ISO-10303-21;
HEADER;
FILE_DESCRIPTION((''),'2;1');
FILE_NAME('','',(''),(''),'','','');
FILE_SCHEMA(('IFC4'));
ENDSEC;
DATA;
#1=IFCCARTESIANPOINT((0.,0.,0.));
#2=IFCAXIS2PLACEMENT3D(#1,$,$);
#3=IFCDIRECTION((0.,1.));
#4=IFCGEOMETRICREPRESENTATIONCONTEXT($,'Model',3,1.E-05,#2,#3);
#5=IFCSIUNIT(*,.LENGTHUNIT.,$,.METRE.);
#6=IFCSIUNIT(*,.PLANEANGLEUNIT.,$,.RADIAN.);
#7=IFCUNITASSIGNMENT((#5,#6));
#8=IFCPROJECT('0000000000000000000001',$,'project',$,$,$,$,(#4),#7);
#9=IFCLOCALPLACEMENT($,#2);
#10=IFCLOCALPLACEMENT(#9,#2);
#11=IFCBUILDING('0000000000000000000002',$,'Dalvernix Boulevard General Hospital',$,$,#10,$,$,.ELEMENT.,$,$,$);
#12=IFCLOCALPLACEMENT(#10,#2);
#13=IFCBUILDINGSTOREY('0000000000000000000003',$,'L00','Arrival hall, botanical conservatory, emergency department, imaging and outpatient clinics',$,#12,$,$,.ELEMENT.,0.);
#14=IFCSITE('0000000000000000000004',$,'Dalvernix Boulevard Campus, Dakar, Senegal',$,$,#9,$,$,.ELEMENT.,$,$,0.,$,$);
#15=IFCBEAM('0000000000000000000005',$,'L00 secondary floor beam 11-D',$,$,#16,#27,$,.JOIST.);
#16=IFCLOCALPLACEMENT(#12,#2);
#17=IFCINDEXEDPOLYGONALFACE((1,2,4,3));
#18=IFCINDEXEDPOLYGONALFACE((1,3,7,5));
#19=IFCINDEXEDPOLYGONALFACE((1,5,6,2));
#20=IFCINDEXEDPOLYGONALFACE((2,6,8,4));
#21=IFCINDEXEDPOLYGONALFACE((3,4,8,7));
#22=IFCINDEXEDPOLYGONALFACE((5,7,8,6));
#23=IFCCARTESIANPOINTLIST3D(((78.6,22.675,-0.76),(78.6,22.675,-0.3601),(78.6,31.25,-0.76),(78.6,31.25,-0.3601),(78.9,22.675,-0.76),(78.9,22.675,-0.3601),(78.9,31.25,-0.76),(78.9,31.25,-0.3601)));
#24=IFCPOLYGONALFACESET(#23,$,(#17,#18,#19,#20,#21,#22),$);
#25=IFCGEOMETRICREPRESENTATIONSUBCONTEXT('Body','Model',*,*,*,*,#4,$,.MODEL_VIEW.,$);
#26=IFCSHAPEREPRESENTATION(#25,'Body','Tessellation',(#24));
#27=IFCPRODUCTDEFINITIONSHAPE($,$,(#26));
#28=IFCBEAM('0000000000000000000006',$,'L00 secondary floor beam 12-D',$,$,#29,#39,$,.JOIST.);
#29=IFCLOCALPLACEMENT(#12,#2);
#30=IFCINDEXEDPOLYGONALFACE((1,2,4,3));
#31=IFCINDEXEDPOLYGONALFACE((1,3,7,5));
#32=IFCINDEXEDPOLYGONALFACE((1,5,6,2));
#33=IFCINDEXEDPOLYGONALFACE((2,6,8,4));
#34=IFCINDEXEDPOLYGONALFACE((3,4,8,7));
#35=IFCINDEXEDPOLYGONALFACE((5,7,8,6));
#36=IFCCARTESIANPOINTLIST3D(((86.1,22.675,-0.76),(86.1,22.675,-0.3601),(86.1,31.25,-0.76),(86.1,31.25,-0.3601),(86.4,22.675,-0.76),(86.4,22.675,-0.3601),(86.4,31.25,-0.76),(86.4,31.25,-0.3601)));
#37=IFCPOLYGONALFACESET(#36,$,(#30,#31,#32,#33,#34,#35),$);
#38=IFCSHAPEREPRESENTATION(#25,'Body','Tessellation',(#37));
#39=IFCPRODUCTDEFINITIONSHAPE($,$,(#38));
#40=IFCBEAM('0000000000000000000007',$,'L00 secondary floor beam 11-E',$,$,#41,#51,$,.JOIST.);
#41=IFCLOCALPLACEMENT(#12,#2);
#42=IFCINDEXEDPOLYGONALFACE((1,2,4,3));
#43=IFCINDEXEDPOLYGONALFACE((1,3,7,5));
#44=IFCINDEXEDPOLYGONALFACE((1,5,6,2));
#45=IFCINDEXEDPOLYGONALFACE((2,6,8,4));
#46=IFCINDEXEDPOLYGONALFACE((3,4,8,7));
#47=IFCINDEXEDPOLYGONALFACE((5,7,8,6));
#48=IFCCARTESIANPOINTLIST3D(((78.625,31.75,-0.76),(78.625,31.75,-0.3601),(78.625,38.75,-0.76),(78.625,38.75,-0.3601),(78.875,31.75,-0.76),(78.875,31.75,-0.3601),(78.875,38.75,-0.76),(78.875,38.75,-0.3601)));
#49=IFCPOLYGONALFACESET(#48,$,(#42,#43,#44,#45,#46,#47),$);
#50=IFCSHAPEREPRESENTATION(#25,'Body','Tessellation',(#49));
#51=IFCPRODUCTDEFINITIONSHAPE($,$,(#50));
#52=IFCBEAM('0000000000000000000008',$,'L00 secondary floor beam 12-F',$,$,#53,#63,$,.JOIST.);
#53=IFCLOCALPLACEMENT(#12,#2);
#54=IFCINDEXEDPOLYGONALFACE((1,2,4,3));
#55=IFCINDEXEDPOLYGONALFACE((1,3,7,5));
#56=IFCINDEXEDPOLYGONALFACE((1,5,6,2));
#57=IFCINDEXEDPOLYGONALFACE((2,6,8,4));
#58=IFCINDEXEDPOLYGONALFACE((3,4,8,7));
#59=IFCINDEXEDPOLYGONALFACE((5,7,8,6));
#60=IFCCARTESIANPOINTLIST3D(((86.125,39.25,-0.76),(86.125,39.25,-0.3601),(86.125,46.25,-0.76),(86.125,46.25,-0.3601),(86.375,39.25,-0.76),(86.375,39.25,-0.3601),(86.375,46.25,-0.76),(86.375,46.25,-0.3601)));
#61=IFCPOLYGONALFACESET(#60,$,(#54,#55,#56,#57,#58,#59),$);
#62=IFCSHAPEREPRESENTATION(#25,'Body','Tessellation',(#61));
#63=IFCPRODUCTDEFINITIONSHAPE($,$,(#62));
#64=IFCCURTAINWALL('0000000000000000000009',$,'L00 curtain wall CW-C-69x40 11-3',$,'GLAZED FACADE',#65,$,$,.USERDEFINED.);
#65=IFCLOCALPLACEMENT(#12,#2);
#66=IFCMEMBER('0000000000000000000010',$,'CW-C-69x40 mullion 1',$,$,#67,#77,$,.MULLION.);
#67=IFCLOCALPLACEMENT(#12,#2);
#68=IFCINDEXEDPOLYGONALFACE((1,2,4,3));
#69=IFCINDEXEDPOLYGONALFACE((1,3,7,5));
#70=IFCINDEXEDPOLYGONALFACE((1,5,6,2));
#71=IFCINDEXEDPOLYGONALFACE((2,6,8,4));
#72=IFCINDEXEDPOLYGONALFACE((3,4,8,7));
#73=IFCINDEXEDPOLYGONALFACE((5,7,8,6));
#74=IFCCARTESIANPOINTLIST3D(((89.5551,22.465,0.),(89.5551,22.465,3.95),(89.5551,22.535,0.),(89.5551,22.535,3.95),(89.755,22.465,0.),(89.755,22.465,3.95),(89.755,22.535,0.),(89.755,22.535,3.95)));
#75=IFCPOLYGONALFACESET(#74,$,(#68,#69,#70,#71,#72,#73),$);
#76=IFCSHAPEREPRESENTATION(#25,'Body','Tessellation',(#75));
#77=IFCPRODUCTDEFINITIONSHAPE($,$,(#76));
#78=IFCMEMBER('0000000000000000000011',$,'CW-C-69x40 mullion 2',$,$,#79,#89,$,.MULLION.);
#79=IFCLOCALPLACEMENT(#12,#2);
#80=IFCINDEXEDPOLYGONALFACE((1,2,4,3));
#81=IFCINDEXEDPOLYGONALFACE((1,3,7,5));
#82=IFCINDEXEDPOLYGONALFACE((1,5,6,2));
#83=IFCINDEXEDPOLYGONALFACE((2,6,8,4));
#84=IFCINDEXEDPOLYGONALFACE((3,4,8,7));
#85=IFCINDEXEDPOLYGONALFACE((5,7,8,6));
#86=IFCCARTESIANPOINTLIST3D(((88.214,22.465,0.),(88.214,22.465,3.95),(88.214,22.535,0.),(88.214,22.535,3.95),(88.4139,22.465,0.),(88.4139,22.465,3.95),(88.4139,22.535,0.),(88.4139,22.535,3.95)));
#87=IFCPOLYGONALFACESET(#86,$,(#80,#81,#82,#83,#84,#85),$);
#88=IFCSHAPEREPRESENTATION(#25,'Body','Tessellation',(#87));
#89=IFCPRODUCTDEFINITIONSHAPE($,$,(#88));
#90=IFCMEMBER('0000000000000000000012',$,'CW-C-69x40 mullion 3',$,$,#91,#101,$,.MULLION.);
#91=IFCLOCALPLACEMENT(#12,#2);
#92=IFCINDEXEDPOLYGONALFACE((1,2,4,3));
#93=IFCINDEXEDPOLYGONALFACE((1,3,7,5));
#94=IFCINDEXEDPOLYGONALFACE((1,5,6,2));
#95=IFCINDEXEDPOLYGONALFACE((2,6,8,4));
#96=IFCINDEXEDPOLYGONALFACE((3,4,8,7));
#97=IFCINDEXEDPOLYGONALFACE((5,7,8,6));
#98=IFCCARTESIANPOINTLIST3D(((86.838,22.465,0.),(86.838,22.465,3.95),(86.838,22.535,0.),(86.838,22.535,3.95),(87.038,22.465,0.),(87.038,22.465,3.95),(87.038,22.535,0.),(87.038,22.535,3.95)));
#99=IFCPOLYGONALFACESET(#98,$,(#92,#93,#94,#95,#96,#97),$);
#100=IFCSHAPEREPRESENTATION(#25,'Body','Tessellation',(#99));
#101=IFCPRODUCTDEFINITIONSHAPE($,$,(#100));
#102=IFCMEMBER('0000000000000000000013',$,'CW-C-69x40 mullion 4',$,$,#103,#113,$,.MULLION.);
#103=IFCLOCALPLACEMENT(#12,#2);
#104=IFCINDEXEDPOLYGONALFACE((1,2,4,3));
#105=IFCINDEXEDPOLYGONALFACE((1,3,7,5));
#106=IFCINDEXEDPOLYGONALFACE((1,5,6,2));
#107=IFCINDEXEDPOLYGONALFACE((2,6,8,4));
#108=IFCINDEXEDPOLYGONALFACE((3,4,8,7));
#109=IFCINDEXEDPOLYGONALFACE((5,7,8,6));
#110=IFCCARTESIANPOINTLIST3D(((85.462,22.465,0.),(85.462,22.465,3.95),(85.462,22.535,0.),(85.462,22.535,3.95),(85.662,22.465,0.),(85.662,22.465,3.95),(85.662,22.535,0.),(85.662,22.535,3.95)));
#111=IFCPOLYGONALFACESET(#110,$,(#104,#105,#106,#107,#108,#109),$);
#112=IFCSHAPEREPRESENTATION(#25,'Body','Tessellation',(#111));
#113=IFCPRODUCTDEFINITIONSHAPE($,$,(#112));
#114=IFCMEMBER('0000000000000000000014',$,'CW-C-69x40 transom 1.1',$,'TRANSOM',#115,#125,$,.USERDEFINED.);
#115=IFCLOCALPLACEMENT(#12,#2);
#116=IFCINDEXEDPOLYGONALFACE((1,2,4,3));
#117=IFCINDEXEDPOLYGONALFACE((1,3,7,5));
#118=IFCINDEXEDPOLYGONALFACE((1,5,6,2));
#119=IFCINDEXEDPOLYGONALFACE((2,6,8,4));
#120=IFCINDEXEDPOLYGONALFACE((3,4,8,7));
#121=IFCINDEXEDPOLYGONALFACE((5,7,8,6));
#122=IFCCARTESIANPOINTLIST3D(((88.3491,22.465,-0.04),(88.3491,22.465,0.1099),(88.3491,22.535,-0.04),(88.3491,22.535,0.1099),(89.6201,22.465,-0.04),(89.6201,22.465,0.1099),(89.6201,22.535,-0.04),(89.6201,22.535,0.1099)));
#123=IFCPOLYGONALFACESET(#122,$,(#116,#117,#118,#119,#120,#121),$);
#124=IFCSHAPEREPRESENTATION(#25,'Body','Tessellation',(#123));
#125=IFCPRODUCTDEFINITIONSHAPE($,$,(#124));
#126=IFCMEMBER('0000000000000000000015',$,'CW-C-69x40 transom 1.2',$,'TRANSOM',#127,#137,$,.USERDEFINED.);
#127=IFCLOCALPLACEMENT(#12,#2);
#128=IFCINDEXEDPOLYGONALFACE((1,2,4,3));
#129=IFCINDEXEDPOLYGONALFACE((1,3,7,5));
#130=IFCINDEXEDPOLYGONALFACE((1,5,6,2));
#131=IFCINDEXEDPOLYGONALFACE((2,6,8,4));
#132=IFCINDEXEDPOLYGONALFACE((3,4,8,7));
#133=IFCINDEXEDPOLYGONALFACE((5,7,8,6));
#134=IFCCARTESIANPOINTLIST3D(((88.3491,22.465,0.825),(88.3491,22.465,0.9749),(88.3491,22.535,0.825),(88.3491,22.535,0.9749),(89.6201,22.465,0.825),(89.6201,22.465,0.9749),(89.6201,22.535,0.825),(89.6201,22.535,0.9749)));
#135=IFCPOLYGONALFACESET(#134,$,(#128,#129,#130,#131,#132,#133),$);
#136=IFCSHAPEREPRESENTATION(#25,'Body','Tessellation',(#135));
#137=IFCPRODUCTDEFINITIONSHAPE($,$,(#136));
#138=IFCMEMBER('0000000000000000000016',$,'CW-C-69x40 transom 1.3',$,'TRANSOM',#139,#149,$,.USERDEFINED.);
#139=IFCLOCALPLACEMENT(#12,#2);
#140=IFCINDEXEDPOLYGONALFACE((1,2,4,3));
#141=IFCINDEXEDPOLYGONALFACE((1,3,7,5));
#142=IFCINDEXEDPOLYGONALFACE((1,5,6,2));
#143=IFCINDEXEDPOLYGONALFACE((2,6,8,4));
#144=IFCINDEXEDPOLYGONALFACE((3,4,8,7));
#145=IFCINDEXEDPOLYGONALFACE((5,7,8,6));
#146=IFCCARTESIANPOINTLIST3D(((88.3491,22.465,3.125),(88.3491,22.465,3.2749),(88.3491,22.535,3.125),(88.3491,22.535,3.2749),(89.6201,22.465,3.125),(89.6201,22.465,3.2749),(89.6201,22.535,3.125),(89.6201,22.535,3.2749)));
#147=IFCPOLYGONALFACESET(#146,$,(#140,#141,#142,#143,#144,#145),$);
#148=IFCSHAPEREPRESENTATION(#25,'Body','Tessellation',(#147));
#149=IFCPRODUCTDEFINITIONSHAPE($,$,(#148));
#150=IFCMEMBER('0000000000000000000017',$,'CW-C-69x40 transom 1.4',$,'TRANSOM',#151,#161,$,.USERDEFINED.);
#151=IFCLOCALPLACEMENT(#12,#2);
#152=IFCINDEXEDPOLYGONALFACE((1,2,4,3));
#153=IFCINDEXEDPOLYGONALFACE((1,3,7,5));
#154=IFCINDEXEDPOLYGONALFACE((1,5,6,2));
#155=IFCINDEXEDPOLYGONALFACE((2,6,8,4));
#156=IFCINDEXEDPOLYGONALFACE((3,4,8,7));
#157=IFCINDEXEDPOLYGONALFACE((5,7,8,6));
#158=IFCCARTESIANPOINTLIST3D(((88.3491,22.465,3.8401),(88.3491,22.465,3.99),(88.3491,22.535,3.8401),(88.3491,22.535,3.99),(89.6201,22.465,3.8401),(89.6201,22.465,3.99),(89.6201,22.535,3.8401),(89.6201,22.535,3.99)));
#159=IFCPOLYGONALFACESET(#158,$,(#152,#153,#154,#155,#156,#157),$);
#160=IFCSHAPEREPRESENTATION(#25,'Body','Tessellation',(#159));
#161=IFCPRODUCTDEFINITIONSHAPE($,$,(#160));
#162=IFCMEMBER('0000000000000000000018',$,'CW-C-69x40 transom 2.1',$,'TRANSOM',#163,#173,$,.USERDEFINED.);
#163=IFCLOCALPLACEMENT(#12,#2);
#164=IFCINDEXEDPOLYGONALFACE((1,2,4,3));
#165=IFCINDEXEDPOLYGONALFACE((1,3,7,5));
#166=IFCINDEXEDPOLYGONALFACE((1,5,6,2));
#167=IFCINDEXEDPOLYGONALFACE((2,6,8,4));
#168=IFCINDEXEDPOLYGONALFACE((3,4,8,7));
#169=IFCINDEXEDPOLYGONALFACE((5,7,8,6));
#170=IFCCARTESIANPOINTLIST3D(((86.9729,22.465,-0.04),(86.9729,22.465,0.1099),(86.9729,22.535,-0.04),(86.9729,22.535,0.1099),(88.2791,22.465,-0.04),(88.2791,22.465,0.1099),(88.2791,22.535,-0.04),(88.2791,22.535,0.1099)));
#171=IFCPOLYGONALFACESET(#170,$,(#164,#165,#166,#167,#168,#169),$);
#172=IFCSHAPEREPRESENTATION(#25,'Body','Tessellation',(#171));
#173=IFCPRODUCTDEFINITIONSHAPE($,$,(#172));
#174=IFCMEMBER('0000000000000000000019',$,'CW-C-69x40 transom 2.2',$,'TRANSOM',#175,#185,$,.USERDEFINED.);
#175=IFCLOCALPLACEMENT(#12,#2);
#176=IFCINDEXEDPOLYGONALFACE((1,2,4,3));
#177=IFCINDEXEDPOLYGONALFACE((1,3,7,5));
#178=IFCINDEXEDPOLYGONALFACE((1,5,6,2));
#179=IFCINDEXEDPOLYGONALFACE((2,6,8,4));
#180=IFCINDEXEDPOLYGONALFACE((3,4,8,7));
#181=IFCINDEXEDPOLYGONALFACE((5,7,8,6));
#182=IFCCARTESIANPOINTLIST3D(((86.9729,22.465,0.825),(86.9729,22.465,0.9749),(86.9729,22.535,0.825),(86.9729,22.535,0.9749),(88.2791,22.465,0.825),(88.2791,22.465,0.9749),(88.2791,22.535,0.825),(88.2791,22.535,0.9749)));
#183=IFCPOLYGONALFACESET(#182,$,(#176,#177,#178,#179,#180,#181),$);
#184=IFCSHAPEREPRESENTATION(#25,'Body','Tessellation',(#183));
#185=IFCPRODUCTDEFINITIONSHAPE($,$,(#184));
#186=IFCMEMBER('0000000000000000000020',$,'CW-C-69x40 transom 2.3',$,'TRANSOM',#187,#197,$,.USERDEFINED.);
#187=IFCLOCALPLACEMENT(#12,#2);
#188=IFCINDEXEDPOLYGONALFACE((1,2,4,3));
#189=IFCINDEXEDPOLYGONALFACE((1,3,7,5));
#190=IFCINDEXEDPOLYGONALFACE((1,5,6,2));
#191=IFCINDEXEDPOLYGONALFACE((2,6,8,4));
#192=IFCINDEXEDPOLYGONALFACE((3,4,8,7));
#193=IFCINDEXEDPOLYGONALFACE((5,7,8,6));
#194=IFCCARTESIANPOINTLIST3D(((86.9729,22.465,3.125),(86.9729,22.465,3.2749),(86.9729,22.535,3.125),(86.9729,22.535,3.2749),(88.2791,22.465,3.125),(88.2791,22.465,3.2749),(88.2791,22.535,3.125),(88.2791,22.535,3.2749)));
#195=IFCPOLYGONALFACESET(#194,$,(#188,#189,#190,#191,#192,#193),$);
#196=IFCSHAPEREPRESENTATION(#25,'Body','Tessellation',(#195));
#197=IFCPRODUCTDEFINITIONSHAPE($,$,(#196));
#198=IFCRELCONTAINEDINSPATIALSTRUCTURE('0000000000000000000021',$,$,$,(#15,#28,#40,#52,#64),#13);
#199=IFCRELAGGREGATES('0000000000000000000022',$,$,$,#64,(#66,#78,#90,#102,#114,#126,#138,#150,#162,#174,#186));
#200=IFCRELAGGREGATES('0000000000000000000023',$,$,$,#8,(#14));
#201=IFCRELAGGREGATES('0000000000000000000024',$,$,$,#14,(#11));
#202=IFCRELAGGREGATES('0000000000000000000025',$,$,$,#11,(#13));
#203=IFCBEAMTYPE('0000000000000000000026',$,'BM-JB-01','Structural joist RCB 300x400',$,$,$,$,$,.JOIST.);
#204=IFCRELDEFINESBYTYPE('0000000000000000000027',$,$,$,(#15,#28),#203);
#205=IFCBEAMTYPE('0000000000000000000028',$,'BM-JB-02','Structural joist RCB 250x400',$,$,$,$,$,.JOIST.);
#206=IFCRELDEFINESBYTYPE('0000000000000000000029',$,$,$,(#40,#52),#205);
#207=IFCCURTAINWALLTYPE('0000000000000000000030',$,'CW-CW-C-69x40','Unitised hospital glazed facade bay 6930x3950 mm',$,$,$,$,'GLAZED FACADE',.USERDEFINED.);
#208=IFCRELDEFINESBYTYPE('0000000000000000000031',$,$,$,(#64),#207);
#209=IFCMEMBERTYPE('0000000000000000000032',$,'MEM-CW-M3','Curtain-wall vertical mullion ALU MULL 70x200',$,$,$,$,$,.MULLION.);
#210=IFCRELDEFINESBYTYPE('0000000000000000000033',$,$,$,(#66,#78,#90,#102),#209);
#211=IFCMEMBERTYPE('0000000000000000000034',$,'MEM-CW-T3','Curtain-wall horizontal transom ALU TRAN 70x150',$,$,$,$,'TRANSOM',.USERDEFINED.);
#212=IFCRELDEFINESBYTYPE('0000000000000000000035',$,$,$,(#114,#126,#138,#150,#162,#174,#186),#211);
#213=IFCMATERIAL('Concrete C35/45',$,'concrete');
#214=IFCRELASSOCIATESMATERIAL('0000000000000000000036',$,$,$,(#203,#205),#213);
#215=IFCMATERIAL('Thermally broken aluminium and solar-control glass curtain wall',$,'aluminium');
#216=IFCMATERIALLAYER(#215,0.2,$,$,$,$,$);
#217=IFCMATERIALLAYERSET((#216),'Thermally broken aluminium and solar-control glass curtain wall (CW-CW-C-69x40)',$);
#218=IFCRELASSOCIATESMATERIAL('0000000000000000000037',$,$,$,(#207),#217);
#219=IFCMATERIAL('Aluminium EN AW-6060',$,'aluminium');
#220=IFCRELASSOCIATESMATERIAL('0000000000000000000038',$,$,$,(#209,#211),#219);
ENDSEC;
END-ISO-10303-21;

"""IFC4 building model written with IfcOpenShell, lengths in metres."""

from ifc_helpers import new_model, si_unit, direction, frame, origin, origin_2d, place, context, subcontext, project, spatial, rectangle, extrude, material, layer, layer_set, material_profile, profile_set, type_object, element, aggregate, save


model = new_model("IFC4")

# Units and contexts
model_context = context("Model", 3, precision=1e-05, world=origin(), true_north=direction((0.0, 1.0)))
body_context = subcontext(model_context, "Body", "Model", "MODEL_VIEW")
ifc_project = project(units=[si_unit("LENGTHUNIT", "METRE"), si_unit("PLANEANGLEUNIT", "RADIAN")], contexts=[model_context])

# Site, building, storey
site_placement = place(None, origin())
site = spatial("IfcSite", under=ifc_project, at=site_placement, Name="Dalvernix Boulevard Campus, Dakar, Senegal", CompositionType="ELEMENT", RefElevation=0.0)
building_placement = place(site_placement, origin())
building = spatial("IfcBuilding", under=site, at=building_placement, Name="Dalvernix Boulevard General Hospital", CompositionType="ELEMENT")
storey_placement = place(building_placement, origin())
storey = spatial("IfcBuildingStorey", under=building, at=storey_placement, Name="L00", Description="Arrival hall, botanical conservatory, emergency department, imaging and outpatient clinics", CompositionType="ELEMENT", Elevation=0.0)

# Beams
ifc_material_1 = material(Name="Concrete C35/45", Category="concrete")
ifc_material_profile_1 = material_profile(ifc_material_1, rectangle(XDim=0.3, YDim=0.3999, at=origin_2d()), Name="RCB 300x400")
ifc_profile_set_1 = profile_set([ifc_material_profile_1], Name="Concrete C35/45")
beam_type_1 = type_object("IfcBeamType", Name="BM-JB-01", Description="Structural joist RCB 300x400", PredefinedType="JOIST", material=ifc_profile_set_1)
for number, where, z_axis, x_axis, name in (
    (1, (78.75, 22.675, -0.5601), (0.0, 1.0, 0.0), (-1.0, 0.0, 0.0), "L00 secondary floor beam 11-D"),
    (2, (86.25, 22.675, -0.5601), (0.0, 1.0, 0.0), (-1.0, 0.0, 0.0), "L00 secondary floor beam 12-D"),
):
    element("IfcBeam", number, at=place(storey_placement, frame(where, z_axis=z_axis, x_axis=x_axis)), inside=storey, type_object=beam_type_1, Name=name, PredefinedType="JOIST", context=body_context, shape_type="SweptSolid", body=[
        extrude(rectangle(XDim=0.3, YDim=0.3999, at=origin_2d()), origin(), (0.0, 0.0, 1.0), 8.575),
    ])
ifc_material_profile_2 = material_profile(ifc_material_1, rectangle(XDim=0.25, YDim=0.3999, at=origin_2d()), Name="RCB 250x400")
ifc_profile_set_2 = profile_set([ifc_material_profile_2], Name="Concrete C35/45")
beam_type_2 = type_object("IfcBeamType", Name="BM-JB-02", Description="Structural joist RCB 250x400", PredefinedType="JOIST", material=ifc_profile_set_2)
for number, where, z_axis, x_axis, name in (
    (3, (78.75, 31.75, -0.5601), (0.0, 1.0, 0.0), (-1.0, 0.0, 0.0), "L00 secondary floor beam 11-E"),
    (4, (86.25, 39.25, -0.5601), (0.0, 1.0, 0.0), (-1.0, 0.0, 0.0), "L00 secondary floor beam 12-F"),
):
    element("IfcBeam", number, at=place(storey_placement, frame(where, z_axis=z_axis, x_axis=x_axis)), inside=storey, type_object=beam_type_2, Name=name, PredefinedType="JOIST", context=body_context, shape_type="SweptSolid", body=[
        extrude(rectangle(XDim=0.25, YDim=0.3999, at=origin_2d()), origin(), (0.0, 0.0, 1.0), 7.0),
    ])

# Curtain wall, members
ifc_material_2 = material(Name="Thermally broken aluminium and solar-control glass curtain wall", Category="aluminium")
ifc_layer_1 = layer(ifc_material_2, 0.2)
ifc_layer_set_1 = layer_set([ifc_layer_1], Name="Thermally broken aluminium and solar-control glass curtain wall (CW-CW-C-69x40)")
curtain_wall_type = type_object("IfcCurtainWallType", Name="CW-CW-C-69x40", Description="Unitised hospital glazed facade bay 6930x3950 mm", ElementType="GLAZED FACADE", PredefinedType="USERDEFINED", material=ifc_layer_set_1)
curtain_wall_placement = place(storey_placement, origin())
curtain_wall = element("IfcCurtainWall", 5, at=curtain_wall_placement, inside=storey, type_object=curtain_wall_type, Name="L00 curtain wall CW-C-69x40 11-3", ObjectType="GLAZED FACADE", PredefinedType="USERDEFINED")
ifc_material_3 = material(Name="Aluminium EN AW-6060", Category="aluminium")
ifc_material_profile_3 = material_profile(ifc_material_3, rectangle(XDim=0.0701, YDim=0.2, at=origin_2d()), Name="ALU MULL 70x200")
ifc_profile_set_3 = profile_set([ifc_material_profile_3], Name="Aluminium EN AW-6060")
member_type_1 = type_object("IfcMemberType", Name="MEM-CW-M3", Description="Curtain-wall vertical mullion ALU MULL 70x200", PredefinedType="MULLION", material=ifc_profile_set_3)
member_1_placement = place(storey_placement, frame((89.655, 22.5, 0.0), z_axis=(0.0, 0.0, 1.0), x_axis=(0.0, -1.0, 0.0)))
member_1 = element("IfcMember", 6, at=member_1_placement, type_object=member_type_1, Name="CW-C-69x40 mullion 1", PredefinedType="MULLION", context=body_context, shape_type="SweptSolid", body=[
    extrude(rectangle(XDim=0.0701, YDim=0.2, at=origin_2d()), origin(), (0.0, 0.0, 1.0), 3.95),
])
member_2_placement = place(storey_placement, frame((88.314, 22.5, 0.0), z_axis=(0.0, 0.0, 1.0), x_axis=(0.0, -1.0, 0.0)))
member_2 = element("IfcMember", 7, at=member_2_placement, type_object=member_type_1, Name="CW-C-69x40 mullion 2", PredefinedType="MULLION", context=body_context, shape_type="SweptSolid", body=[
    extrude(rectangle(XDim=0.0701, YDim=0.2, at=origin_2d()), origin(), (0.0, 0.0, 1.0), 3.95),
])
member_3_placement = place(storey_placement, frame((86.938, 22.5, 0.0), z_axis=(0.0, 0.0, 1.0), x_axis=(0.0, -1.0, 0.0)))
member_3 = element("IfcMember", 8, at=member_3_placement, type_object=member_type_1, Name="CW-C-69x40 mullion 3", PredefinedType="MULLION", context=body_context, shape_type="SweptSolid", body=[
    extrude(rectangle(XDim=0.0701, YDim=0.2, at=origin_2d()), origin(), (0.0, 0.0, 1.0), 3.95),
])
member_4_placement = place(storey_placement, frame((85.562, 22.5, 0.0), z_axis=(0.0, 0.0, 1.0), x_axis=(0.0, -1.0, 0.0)))
member_4 = element("IfcMember", 9, at=member_4_placement, type_object=member_type_1, Name="CW-C-69x40 mullion 4", PredefinedType="MULLION", context=body_context, shape_type="SweptSolid", body=[
    extrude(rectangle(XDim=0.0701, YDim=0.2, at=origin_2d()), origin(), (0.0, 0.0, 1.0), 3.95),
])
ifc_material_profile_4 = material_profile(ifc_material_3, rectangle(XDim=0.0701, YDim=0.1499, at=origin_2d()), Name="ALU TRAN 70x150")
ifc_profile_set_4 = profile_set([ifc_material_profile_4], Name="Aluminium EN AW-6060")
member_type_2 = type_object("IfcMemberType", Name="MEM-CW-T3", Description="Curtain-wall horizontal transom ALU TRAN 70x150", ElementType="TRANSOM", PredefinedType="USERDEFINED", material=ifc_profile_set_4)
member_5_placement = place(storey_placement, frame((89.6201, 22.5, 0.0349), z_axis=(-1.0, 0.0, 0.0), x_axis=(0.0, -1.0, 0.0)))
member_5 = element("IfcMember", 10, at=member_5_placement, type_object=member_type_2, Name="CW-C-69x40 transom 1.1", ObjectType="TRANSOM", PredefinedType="USERDEFINED", context=body_context, shape_type="SweptSolid", body=[
    extrude(rectangle(XDim=0.0701, YDim=0.1499, at=origin_2d()), origin(), (0.0, 0.0, 1.0), 1.271),
])
member_6_placement = place(storey_placement, frame((89.6201, 22.5, 0.8999), z_axis=(-1.0, 0.0, 0.0), x_axis=(0.0, -1.0, 0.0)))
member_6 = element("IfcMember", 11, at=member_6_placement, type_object=member_type_2, Name="CW-C-69x40 transom 1.2", ObjectType="TRANSOM", PredefinedType="USERDEFINED", context=body_context, shape_type="SweptSolid", body=[
    extrude(rectangle(XDim=0.0701, YDim=0.1499, at=origin_2d()), origin(), (0.0, 0.0, 1.0), 1.271),
])
member_7_placement = place(storey_placement, frame((89.6201, 22.5, 3.2), z_axis=(-1.0, 0.0, 0.0), x_axis=(0.0, -1.0, 0.0)))
member_7 = element("IfcMember", 12, at=member_7_placement, type_object=member_type_2, Name="CW-C-69x40 transom 1.3", ObjectType="TRANSOM", PredefinedType="USERDEFINED", context=body_context, shape_type="SweptSolid", body=[
    extrude(rectangle(XDim=0.0701, YDim=0.1499, at=origin_2d()), origin(), (0.0, 0.0, 1.0), 1.271),
])
member_8_placement = place(storey_placement, frame((89.6201, 22.5, 3.915), z_axis=(-1.0, 0.0, 0.0), x_axis=(0.0, -1.0, 0.0)))
member_8 = element("IfcMember", 13, at=member_8_placement, type_object=member_type_2, Name="CW-C-69x40 transom 1.4", ObjectType="TRANSOM", PredefinedType="USERDEFINED", context=body_context, shape_type="SweptSolid", body=[
    extrude(rectangle(XDim=0.0701, YDim=0.1499, at=origin_2d()), origin(), (0.0, 0.0, 1.0), 1.271),
])
member_9_placement = place(storey_placement, frame((88.2791, 22.5, 0.0349), z_axis=(-1.0, 0.0, 0.0), x_axis=(0.0, -1.0, 0.0)))
member_9 = element("IfcMember", 14, at=member_9_placement, type_object=member_type_2, Name="CW-C-69x40 transom 2.1", ObjectType="TRANSOM", PredefinedType="USERDEFINED", context=body_context, shape_type="SweptSolid", body=[
    extrude(rectangle(XDim=0.0701, YDim=0.1499, at=origin_2d()), origin(), (0.0, 0.0, 1.0), 1.3062),
])
member_10_placement = place(storey_placement, frame((88.2791, 22.5, 0.8999), z_axis=(-1.0, 0.0, 0.0), x_axis=(0.0, -1.0, 0.0)))
member_10 = element("IfcMember", 15, at=member_10_placement, type_object=member_type_2, Name="CW-C-69x40 transom 2.2", ObjectType="TRANSOM", PredefinedType="USERDEFINED", context=body_context, shape_type="SweptSolid", body=[
    extrude(rectangle(XDim=0.0701, YDim=0.1499, at=origin_2d()), origin(), (0.0, 0.0, 1.0), 1.3062),
])
member_11_placement = place(storey_placement, frame((88.2791, 22.5, 3.2), z_axis=(-1.0, 0.0, 0.0), x_axis=(0.0, -1.0, 0.0)))
member_11 = element("IfcMember", 16, at=member_11_placement, type_object=member_type_2, Name="CW-C-69x40 transom 2.3", ObjectType="TRANSOM", PredefinedType="USERDEFINED", context=body_context, shape_type="SweptSolid", body=[
    extrude(rectangle(XDim=0.0701, YDim=0.1499, at=origin_2d()), origin(), (0.0, 0.0, 1.0), 1.3062),
])
aggregate(curtain_wall, [member_1, member_2, member_3, member_4, member_5, member_6, member_7, member_8, member_9, member_10, member_11])

save(model, "model.ifc")
